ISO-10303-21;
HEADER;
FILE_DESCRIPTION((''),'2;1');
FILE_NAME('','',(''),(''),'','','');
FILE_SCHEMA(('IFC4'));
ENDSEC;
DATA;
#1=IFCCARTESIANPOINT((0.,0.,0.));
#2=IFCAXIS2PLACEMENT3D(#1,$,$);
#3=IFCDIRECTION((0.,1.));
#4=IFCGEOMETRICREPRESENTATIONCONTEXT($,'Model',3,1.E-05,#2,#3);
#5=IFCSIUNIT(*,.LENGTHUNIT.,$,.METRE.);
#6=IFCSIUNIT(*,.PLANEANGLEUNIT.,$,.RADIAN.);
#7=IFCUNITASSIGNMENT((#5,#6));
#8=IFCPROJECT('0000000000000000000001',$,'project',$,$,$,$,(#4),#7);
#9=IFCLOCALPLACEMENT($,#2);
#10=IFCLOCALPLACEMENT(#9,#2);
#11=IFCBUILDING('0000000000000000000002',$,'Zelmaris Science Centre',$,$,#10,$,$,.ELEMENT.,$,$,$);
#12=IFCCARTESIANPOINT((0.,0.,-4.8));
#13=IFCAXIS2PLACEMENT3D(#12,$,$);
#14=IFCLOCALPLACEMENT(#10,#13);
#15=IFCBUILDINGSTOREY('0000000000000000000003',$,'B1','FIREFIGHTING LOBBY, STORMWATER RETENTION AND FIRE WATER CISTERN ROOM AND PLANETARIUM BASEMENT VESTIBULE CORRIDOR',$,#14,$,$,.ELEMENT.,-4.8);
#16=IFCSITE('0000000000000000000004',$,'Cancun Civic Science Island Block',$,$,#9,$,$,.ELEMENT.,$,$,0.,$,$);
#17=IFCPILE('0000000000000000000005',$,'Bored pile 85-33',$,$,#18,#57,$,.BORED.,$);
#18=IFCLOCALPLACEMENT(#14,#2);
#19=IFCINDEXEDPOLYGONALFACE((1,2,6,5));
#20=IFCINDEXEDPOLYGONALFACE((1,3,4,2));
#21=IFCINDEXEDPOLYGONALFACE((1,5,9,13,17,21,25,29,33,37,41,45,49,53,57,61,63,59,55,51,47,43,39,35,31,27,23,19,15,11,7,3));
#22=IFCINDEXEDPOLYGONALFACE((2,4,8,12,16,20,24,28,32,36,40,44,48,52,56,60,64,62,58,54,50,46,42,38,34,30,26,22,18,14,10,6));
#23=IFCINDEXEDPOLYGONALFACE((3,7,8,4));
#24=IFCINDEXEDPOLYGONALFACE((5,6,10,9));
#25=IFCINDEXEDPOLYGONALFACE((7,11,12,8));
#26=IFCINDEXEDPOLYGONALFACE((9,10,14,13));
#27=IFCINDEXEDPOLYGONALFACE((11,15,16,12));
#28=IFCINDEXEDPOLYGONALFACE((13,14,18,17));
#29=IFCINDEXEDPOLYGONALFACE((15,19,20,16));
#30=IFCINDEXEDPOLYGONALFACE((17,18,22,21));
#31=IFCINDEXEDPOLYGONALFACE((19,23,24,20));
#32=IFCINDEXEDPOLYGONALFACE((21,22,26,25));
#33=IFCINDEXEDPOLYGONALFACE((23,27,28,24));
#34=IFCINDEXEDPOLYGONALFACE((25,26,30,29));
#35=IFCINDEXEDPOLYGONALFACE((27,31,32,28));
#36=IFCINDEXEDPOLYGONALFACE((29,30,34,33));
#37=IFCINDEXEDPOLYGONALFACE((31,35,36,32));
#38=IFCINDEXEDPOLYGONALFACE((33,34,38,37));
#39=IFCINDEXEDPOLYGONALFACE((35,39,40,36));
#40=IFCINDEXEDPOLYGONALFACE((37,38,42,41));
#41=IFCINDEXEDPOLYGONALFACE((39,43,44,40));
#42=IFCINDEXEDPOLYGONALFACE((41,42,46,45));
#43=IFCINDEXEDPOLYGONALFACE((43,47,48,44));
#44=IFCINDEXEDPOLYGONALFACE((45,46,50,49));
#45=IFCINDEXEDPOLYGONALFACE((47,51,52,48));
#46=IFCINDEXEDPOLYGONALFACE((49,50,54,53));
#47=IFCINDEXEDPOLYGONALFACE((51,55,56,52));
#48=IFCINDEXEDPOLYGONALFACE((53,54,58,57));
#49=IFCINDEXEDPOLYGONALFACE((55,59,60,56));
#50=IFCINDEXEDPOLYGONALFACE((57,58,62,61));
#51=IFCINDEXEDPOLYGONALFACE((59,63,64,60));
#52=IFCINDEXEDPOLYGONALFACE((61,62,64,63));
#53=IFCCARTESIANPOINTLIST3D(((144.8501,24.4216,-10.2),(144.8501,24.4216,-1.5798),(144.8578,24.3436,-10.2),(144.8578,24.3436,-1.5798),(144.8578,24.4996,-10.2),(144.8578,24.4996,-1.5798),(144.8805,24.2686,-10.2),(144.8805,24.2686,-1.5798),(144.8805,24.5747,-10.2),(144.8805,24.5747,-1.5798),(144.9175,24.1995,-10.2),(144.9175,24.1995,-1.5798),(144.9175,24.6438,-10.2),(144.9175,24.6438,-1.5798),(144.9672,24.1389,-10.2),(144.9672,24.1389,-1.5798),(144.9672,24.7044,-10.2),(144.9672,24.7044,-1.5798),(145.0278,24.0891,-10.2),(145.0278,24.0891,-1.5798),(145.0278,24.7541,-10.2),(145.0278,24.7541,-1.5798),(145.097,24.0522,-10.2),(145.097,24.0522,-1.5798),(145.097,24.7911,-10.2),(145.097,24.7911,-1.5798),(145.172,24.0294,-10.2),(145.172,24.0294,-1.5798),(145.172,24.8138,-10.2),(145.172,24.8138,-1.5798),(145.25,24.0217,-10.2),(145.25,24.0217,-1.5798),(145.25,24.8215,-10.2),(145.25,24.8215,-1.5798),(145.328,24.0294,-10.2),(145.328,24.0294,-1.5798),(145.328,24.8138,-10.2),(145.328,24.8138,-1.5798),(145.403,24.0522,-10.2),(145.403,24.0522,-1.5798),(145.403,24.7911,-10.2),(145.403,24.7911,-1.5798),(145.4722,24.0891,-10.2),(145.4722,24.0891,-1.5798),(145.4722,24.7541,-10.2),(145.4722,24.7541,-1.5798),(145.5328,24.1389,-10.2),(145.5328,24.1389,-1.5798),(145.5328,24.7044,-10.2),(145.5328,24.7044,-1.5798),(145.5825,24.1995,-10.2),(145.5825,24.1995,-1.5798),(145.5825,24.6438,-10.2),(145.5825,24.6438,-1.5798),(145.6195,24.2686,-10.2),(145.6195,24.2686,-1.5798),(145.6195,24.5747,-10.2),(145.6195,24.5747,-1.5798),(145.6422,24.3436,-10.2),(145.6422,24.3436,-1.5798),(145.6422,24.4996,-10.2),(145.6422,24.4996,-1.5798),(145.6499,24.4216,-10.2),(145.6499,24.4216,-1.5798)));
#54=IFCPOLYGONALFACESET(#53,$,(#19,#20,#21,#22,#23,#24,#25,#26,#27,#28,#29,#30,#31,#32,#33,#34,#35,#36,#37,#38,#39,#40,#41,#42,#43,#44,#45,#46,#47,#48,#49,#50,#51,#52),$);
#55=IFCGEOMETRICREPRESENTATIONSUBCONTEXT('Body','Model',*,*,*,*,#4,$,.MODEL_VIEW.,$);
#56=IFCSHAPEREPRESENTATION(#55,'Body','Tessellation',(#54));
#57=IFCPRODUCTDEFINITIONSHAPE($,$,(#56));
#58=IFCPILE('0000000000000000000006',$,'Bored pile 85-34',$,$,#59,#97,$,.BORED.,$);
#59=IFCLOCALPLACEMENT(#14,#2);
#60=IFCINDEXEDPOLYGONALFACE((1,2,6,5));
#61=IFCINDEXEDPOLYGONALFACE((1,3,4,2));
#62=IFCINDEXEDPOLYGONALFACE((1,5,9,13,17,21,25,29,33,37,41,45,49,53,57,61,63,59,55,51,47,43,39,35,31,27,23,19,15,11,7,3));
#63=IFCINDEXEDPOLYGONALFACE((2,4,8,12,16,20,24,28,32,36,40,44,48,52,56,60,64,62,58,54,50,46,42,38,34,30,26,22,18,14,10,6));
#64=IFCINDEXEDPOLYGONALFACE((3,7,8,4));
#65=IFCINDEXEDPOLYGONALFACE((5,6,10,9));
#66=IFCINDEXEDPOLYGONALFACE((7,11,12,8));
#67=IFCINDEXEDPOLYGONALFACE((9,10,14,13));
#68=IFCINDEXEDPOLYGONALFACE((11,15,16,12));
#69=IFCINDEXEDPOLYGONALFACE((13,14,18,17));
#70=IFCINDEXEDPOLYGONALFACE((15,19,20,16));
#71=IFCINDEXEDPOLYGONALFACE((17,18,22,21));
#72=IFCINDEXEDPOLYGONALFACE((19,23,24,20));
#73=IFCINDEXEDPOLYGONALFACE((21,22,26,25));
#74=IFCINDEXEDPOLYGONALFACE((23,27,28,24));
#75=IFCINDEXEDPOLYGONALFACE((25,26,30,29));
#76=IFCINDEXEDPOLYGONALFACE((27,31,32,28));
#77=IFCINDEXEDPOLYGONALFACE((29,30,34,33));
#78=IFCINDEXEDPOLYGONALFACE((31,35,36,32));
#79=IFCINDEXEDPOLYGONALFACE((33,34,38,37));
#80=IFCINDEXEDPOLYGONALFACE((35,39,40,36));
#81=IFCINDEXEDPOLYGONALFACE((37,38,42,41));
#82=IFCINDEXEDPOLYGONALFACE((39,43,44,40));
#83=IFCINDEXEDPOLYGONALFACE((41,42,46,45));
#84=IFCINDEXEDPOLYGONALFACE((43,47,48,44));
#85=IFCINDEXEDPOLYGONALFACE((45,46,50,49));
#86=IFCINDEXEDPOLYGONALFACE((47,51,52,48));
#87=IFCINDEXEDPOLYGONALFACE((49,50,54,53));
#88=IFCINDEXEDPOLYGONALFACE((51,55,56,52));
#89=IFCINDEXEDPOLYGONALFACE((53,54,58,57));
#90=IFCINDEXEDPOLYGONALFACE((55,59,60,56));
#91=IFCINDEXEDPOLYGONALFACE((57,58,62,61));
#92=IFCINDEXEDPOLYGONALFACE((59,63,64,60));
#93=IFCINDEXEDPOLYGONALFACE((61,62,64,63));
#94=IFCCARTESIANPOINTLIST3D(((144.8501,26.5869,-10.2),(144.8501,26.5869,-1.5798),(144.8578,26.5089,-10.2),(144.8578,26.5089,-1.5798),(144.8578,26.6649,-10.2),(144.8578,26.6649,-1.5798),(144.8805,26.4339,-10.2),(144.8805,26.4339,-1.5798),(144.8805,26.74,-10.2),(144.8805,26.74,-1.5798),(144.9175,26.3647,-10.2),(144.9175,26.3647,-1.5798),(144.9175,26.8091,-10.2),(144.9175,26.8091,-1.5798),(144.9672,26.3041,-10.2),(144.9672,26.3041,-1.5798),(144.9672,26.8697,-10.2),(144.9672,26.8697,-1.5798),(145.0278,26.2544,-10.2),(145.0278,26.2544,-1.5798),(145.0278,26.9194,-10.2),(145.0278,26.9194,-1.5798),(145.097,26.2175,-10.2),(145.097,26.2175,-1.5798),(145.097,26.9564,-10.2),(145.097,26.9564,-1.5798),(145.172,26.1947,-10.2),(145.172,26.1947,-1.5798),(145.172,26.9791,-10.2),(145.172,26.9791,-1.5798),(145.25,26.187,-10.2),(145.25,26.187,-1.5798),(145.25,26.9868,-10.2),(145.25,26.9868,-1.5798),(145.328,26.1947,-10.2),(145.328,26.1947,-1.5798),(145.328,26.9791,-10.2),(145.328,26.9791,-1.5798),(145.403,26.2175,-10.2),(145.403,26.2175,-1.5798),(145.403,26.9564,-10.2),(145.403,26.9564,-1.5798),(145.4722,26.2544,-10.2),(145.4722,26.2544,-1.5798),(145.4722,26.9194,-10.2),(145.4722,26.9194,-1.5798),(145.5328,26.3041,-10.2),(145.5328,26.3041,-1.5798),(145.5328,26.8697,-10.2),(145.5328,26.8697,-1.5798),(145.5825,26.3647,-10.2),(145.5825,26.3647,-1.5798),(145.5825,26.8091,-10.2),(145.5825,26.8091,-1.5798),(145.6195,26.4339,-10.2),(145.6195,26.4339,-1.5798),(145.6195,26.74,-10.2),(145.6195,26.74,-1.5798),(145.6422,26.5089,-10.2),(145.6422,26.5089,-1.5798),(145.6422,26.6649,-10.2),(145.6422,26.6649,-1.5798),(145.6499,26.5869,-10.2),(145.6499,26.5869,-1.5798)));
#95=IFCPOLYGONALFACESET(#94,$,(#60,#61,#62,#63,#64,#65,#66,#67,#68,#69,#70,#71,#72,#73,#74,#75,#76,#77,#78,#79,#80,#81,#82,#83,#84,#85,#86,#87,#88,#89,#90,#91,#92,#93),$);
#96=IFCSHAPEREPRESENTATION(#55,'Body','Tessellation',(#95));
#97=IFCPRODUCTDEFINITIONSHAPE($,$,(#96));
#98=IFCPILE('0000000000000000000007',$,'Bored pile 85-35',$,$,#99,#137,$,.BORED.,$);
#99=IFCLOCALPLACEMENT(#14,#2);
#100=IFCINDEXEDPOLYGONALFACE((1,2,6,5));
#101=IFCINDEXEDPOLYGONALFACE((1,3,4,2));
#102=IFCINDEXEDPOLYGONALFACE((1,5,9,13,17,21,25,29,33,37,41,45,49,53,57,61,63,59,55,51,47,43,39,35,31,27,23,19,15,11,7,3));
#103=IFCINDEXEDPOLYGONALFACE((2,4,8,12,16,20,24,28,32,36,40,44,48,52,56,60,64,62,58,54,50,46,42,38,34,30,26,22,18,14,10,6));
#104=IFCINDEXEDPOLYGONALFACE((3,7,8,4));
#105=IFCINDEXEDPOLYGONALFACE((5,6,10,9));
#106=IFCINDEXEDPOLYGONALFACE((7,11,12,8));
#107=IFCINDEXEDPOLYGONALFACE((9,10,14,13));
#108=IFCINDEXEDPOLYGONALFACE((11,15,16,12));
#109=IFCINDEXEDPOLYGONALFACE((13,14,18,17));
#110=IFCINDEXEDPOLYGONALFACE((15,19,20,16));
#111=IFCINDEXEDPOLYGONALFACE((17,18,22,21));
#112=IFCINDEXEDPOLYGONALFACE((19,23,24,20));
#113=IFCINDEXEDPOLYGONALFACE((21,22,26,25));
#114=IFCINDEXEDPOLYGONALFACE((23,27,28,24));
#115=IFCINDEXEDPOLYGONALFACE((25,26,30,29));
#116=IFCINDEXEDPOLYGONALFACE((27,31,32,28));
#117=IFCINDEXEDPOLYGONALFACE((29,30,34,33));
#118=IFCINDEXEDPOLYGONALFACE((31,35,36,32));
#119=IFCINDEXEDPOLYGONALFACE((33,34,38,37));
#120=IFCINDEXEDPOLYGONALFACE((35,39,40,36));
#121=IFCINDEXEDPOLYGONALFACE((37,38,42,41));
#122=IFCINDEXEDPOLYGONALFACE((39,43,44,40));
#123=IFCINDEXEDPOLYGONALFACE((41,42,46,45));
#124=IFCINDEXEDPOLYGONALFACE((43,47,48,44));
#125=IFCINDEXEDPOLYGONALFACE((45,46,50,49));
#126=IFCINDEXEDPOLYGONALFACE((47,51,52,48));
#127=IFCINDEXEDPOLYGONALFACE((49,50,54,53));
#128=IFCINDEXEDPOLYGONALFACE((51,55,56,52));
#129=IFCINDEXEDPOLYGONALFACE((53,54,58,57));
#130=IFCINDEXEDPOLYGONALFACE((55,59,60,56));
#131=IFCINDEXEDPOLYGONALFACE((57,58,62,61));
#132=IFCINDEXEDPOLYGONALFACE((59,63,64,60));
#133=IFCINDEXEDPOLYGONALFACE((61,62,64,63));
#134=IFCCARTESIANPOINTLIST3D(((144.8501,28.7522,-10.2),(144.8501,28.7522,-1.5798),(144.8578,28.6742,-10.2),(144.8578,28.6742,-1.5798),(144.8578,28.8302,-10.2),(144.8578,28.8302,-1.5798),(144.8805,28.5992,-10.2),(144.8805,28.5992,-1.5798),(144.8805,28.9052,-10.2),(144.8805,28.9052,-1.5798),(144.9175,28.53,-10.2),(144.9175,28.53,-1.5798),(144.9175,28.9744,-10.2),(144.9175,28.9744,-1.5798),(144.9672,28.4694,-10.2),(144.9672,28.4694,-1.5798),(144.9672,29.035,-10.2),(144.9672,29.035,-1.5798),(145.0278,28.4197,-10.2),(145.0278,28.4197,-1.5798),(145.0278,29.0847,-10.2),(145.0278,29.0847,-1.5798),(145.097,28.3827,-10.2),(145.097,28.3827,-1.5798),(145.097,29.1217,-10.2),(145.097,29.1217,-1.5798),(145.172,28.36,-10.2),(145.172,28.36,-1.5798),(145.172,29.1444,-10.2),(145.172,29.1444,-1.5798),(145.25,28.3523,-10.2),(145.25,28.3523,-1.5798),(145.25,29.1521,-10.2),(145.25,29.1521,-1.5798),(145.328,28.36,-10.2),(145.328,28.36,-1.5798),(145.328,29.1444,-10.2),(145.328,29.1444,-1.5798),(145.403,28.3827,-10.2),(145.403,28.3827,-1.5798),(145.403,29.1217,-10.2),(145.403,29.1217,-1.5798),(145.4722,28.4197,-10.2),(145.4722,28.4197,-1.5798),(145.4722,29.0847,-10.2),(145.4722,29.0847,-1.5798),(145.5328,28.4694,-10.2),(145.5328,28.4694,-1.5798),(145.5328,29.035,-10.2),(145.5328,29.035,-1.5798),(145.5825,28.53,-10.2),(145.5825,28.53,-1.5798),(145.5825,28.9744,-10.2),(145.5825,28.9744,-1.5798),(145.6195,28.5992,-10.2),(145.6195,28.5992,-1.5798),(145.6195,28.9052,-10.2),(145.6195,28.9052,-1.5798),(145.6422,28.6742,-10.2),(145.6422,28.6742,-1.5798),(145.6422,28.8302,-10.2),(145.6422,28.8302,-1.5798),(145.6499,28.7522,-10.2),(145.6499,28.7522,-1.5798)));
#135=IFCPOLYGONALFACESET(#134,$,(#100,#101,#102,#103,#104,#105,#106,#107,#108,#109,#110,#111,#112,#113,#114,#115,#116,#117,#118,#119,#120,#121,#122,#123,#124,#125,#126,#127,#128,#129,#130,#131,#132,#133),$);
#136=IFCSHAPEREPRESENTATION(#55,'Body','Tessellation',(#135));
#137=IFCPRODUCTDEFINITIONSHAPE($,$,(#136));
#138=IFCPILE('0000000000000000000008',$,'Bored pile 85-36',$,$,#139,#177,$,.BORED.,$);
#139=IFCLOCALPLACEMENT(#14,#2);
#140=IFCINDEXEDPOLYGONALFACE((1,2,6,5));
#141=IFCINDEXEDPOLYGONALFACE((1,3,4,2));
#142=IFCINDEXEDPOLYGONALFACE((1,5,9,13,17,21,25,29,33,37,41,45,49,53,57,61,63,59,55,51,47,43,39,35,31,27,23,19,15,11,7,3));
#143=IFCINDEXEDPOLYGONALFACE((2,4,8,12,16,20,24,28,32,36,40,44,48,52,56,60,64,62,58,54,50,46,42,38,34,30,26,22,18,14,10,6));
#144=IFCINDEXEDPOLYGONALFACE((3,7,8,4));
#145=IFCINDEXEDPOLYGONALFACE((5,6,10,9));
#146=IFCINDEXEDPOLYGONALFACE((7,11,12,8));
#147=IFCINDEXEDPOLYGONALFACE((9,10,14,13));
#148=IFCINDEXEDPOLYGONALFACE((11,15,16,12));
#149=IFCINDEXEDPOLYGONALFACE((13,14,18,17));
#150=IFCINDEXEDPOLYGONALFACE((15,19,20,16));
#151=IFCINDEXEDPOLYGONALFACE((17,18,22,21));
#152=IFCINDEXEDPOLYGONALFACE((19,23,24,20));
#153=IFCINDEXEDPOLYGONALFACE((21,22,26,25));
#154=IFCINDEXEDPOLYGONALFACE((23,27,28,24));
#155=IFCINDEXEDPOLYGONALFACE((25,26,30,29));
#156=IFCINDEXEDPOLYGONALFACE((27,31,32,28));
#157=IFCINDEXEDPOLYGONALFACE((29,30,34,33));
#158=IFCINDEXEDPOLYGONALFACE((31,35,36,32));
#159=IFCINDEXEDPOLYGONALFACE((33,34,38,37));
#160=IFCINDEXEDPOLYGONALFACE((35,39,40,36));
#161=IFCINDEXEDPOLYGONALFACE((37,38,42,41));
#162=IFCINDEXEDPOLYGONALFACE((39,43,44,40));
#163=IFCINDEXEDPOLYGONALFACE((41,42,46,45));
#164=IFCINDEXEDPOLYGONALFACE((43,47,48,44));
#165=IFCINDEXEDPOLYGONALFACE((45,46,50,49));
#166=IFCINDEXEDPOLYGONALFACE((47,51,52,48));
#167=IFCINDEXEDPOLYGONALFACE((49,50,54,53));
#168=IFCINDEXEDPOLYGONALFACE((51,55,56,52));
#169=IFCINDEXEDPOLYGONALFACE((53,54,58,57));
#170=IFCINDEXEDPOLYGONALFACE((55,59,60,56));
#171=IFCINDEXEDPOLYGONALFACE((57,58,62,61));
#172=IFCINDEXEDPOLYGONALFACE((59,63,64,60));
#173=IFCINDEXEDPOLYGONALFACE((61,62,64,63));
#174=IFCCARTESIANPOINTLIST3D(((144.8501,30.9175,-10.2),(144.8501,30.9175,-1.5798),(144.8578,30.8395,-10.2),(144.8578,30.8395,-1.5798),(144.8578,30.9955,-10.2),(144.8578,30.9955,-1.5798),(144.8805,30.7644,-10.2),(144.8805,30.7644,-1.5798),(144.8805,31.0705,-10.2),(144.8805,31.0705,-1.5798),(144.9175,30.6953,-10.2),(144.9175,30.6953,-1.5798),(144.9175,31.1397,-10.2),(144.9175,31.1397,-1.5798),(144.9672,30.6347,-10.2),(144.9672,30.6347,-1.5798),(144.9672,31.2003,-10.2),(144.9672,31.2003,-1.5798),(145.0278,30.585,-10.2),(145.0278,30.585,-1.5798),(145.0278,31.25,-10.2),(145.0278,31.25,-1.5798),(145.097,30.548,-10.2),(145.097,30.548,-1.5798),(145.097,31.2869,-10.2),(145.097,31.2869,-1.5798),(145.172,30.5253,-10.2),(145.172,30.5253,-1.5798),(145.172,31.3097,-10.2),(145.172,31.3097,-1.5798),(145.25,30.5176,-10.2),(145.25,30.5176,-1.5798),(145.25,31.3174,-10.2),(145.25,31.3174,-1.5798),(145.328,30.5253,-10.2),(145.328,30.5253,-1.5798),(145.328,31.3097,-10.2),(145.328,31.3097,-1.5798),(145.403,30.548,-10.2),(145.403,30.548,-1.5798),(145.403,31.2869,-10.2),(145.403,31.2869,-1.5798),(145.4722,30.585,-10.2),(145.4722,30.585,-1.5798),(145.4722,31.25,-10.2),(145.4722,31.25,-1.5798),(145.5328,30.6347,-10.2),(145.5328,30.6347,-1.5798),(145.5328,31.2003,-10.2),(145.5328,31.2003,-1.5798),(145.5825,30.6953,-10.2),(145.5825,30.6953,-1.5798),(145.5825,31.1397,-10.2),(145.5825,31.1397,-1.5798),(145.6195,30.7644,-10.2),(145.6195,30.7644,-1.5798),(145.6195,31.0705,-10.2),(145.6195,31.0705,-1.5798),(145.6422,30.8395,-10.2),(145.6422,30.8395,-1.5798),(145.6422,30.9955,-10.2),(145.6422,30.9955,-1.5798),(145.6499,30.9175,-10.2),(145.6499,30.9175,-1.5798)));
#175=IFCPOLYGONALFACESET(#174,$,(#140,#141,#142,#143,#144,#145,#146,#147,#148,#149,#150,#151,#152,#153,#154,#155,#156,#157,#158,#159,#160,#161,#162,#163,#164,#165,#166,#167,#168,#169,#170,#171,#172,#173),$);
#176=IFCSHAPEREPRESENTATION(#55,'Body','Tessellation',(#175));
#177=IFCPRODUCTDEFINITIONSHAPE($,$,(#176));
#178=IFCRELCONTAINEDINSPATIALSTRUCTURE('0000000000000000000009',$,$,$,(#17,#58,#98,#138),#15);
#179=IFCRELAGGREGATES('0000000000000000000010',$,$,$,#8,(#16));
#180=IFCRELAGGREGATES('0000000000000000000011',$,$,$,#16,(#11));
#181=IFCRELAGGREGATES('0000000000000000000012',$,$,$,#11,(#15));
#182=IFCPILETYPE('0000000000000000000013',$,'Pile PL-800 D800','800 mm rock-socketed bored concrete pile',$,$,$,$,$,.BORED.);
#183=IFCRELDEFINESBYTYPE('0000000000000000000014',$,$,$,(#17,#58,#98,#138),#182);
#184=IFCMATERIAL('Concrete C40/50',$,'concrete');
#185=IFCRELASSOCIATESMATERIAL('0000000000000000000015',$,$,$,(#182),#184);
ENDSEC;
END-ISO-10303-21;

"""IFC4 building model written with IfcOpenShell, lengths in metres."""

from ifc_helpers import new_model, si_unit, direction, frame, origin, origin_2d, place, context, subcontext, project, spatial, circle, extrude, material, material_profile, profile_set, type_object, element, save


model = new_model("IFC4")

# Units and contexts
model_context = context("Model", 3, precision=1e-05, world=origin(), true_north=direction((0.0, 1.0)))
body_context = subcontext(model_context, "Body", "Model", "MODEL_VIEW")
ifc_project = project(units=[si_unit("LENGTHUNIT", "METRE"), si_unit("PLANEANGLEUNIT", "RADIAN")], contexts=[model_context])

# Site, building, storey
site_placement = place(None, origin())
site = spatial("IfcSite", under=ifc_project, at=site_placement, Name="Cancun Civic Science Island Block", CompositionType="ELEMENT", RefElevation=0.0)
building_placement = place(site_placement, origin())
building = spatial("IfcBuilding", under=site, at=building_placement, Name="Zelmaris Science Centre", CompositionType="ELEMENT")
storey_placement = place(building_placement, frame((0.0, 0.0, -4.8)))
storey = spatial("IfcBuildingStorey", under=building, at=storey_placement, Name="B1", Description="FIREFIGHTING LOBBY, STORMWATER RETENTION AND FIRE WATER CISTERN ROOM AND PLANETARIUM BASEMENT VESTIBULE CORRIDOR", CompositionType="ELEMENT", Elevation=-4.8)

# Shared definitions
ifc_material_1 = material(Name="Concrete C40/50", Category="concrete")

# Piles
ifc_material_profile_1 = material_profile(ifc_material_1, circle(Radius=0.3999, at=origin_2d()), Name="PILE-800")
ifc_profile_set_1 = profile_set([ifc_material_profile_1], Name="Concrete C40/50")
pile_type_1 = type_object("IfcPileType", Name="Pile PL-800 D800", Description="800 mm rock-socketed bored concrete pile", PredefinedType="BORED", material=ifc_profile_set_1)
for number, where, z_axis, x_axis, name in (
    (1, (145.25, 24.4216, -1.5798), (0.0, 0.0, -1.0), (1.0, 0.0, 0.0), "Bored pile 85-33"),
    (2, (145.25, 26.5869, -1.5798), (0.0, 0.0, -1.0), (1.0, 0.0, 0.0), "Bored pile 85-34"),
    (3, (145.25, 28.7522, -1.5798), (0.0, 0.0, -1.0), (1.0, 0.0, 0.0), "Bored pile 85-35"),
    (4, (145.25, 30.9175, -1.5798), (0.0, 0.0, -1.0), (1.0, 0.0, 0.0), "Bored pile 85-36"),
):
    element("IfcPile", number, at=place(storey_placement, frame(where, z_axis=z_axis, x_axis=x_axis)), inside=storey, type_object=pile_type_1, Name=name, PredefinedType="BORED", context=body_context, shape_type="SweptSolid", body=[
        extrude(circle(Radius=0.3999, at=origin_2d()), origin(), (0.0, 0.0, 1.0), 8.6201),
    ])

save(model, "model.ifc")
